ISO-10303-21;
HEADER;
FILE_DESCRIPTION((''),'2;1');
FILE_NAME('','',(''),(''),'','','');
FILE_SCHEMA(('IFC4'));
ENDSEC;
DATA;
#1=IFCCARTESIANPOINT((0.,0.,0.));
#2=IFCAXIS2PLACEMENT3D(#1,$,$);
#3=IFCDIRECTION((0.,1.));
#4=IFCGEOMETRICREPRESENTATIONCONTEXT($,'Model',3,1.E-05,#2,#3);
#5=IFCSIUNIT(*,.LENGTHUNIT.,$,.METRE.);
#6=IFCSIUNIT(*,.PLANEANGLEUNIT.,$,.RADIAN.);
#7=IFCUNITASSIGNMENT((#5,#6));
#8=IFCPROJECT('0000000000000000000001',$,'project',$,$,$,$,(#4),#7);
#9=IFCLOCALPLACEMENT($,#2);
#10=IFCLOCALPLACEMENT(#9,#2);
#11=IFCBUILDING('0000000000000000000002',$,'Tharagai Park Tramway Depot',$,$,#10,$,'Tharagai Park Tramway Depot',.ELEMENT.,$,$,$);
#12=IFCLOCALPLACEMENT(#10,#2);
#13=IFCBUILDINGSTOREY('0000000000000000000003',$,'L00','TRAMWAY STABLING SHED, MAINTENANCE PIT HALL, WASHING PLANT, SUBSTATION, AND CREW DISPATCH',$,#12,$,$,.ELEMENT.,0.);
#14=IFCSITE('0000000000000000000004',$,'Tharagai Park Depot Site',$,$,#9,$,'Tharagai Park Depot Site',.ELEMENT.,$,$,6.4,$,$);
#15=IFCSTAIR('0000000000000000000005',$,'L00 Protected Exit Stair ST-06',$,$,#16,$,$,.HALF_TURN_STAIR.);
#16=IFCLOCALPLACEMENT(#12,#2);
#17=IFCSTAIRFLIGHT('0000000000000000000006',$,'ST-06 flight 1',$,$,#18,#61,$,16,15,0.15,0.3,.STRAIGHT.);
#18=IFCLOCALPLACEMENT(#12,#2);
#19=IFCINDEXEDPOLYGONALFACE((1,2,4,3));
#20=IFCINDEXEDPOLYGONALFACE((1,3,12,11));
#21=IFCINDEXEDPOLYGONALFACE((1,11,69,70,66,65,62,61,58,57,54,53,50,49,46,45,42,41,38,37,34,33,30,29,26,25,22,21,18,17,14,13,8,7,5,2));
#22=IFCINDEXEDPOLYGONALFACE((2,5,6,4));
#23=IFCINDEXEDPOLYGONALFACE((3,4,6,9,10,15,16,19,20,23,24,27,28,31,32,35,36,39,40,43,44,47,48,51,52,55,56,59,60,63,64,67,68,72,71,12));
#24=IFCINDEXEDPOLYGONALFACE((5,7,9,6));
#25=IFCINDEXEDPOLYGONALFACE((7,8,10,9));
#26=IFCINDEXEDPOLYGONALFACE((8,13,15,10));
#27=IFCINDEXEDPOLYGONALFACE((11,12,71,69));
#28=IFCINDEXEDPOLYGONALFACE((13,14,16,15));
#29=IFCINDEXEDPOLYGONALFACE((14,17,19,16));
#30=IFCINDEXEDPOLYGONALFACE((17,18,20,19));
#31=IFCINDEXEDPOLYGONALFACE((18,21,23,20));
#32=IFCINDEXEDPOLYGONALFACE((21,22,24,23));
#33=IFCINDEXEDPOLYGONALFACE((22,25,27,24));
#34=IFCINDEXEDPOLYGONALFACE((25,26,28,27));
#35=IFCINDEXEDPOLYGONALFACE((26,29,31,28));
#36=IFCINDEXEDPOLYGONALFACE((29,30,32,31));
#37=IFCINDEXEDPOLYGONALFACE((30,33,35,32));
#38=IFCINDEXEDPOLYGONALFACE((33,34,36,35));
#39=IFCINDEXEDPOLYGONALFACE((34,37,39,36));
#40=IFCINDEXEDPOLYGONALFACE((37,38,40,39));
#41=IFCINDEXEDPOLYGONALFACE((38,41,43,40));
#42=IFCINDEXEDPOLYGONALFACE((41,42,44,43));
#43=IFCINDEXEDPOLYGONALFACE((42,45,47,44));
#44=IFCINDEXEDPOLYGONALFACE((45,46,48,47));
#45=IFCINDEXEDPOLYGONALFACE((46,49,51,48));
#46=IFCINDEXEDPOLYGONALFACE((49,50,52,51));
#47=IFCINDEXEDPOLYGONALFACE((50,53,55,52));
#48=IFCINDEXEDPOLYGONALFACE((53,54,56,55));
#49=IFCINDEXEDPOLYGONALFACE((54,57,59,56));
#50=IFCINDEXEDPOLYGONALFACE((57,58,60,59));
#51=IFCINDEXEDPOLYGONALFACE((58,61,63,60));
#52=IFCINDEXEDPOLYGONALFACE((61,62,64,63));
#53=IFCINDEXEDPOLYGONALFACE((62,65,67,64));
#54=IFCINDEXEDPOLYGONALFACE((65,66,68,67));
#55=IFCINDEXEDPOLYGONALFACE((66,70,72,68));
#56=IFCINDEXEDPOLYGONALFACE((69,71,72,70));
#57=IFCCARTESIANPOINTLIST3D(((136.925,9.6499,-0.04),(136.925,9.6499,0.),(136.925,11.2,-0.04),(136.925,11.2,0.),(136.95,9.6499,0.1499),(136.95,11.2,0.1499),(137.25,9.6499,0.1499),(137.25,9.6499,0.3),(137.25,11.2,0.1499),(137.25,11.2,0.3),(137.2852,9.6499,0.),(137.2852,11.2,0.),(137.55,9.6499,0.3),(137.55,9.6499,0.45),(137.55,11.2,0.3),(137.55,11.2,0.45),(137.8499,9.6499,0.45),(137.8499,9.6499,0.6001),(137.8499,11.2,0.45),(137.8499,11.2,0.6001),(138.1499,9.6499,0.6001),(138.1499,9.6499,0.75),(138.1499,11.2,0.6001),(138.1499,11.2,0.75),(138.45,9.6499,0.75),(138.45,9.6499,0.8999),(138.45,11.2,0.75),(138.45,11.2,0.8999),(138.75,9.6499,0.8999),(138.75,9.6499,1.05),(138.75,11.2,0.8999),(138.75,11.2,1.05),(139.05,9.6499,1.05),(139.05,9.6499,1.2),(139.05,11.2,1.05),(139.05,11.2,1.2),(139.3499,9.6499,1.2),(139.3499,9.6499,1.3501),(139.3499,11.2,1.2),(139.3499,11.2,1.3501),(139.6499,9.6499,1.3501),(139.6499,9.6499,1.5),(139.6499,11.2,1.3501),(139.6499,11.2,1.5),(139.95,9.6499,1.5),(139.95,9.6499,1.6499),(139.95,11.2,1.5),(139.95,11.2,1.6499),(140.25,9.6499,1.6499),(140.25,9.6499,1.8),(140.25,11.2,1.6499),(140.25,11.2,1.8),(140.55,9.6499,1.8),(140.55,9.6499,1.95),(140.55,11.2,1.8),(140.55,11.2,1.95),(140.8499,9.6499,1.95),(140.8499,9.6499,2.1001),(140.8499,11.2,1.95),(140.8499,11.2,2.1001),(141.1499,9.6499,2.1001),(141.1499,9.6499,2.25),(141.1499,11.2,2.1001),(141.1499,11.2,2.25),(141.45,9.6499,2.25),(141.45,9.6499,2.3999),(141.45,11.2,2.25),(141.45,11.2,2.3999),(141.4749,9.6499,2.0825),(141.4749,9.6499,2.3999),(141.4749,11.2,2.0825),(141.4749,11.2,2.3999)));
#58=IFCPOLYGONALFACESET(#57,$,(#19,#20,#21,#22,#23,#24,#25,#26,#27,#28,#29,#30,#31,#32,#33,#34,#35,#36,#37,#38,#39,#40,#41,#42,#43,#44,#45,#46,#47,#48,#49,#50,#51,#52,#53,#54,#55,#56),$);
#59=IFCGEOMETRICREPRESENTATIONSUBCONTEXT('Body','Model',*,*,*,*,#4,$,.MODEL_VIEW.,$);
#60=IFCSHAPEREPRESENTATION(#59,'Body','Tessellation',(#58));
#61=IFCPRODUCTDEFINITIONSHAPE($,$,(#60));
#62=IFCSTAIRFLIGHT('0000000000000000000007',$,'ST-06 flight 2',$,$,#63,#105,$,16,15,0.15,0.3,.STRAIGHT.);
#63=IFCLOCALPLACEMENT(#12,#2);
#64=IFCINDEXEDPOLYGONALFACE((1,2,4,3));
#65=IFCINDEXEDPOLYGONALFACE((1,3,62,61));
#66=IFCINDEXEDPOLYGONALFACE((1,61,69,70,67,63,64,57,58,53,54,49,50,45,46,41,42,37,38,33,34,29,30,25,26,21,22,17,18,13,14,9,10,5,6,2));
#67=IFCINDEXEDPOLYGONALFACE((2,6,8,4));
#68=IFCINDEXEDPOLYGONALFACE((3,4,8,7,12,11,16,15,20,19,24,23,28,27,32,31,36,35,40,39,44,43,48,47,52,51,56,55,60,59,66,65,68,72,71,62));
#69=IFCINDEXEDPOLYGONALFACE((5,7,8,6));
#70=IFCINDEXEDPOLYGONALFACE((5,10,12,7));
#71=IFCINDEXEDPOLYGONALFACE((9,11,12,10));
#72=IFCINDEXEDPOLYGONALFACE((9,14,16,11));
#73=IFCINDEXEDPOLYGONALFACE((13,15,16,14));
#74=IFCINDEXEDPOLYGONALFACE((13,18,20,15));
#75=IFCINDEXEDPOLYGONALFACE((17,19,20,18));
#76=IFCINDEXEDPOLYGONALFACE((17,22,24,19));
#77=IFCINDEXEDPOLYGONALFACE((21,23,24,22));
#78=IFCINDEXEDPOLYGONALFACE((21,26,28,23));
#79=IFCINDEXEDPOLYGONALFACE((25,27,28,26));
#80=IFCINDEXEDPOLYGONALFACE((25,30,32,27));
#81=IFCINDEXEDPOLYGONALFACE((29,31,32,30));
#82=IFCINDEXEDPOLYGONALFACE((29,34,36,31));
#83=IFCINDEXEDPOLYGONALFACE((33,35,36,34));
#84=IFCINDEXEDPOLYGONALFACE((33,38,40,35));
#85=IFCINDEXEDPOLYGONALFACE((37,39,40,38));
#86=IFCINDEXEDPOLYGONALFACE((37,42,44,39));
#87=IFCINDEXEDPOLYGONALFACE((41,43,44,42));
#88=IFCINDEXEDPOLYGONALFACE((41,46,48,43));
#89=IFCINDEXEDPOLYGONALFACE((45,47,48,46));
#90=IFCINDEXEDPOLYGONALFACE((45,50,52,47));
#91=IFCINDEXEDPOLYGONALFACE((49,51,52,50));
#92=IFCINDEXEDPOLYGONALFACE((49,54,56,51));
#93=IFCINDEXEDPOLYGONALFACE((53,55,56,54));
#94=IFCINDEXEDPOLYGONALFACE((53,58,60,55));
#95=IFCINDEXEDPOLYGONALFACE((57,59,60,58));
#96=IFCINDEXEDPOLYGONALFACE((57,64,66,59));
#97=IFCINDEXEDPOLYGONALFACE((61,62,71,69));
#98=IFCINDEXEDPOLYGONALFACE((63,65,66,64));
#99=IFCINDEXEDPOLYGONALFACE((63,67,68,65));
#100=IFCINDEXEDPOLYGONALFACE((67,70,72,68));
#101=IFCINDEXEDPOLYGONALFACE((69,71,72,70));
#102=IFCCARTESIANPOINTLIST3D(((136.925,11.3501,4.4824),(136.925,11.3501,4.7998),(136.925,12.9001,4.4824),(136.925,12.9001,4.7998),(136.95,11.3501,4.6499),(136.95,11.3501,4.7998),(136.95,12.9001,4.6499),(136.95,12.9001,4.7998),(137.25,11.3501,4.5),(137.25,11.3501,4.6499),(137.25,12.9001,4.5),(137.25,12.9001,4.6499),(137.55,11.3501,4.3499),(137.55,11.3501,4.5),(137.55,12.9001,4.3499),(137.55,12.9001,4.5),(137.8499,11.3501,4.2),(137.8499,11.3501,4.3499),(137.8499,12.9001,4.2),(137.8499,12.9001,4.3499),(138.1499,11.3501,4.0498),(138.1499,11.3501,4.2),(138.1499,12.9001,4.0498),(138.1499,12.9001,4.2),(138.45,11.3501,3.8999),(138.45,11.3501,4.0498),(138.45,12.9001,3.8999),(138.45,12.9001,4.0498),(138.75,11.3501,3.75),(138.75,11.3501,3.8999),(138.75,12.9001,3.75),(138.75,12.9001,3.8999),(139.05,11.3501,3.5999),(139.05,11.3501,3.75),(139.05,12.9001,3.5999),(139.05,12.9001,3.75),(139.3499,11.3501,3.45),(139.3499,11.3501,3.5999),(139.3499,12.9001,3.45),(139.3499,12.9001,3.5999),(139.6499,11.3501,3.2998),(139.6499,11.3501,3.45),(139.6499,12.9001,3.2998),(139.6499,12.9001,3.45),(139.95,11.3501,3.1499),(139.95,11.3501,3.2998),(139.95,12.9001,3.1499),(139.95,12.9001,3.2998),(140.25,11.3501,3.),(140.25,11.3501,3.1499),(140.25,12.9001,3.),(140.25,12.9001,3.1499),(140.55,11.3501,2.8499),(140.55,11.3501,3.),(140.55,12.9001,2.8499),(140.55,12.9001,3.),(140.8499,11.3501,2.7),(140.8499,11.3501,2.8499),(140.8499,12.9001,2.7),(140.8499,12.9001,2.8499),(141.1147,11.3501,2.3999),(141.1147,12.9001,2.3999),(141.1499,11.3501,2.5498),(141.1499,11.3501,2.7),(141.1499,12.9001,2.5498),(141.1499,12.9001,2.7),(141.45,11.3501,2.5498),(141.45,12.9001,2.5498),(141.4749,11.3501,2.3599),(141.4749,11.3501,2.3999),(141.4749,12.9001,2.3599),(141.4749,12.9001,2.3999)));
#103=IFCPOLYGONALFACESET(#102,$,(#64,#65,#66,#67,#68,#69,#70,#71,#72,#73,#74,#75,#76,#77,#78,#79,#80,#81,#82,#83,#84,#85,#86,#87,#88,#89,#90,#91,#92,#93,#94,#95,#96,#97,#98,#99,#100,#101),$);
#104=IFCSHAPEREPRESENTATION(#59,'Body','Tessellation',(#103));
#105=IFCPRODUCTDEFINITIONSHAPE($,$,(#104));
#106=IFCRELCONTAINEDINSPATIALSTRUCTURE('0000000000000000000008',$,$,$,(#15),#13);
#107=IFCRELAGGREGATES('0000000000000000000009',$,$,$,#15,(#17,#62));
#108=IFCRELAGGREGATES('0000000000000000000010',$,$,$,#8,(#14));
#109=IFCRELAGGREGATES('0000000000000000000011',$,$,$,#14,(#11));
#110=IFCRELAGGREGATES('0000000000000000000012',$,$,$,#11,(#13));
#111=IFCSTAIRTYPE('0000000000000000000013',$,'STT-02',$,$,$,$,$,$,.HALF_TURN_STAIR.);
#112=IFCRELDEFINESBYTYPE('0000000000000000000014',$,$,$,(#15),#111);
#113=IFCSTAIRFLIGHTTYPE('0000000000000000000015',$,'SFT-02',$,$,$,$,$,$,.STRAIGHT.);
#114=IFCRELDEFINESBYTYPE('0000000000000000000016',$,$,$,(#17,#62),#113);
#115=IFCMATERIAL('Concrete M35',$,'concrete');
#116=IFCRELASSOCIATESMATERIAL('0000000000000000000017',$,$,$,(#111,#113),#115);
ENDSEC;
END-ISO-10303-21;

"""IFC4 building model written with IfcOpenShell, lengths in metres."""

from ifc_helpers import new_model, si_unit, direction, frame, origin, place, context, subcontext, project, spatial, polyline, outline, extrude, material, type_object, element, aggregate, save


model = new_model("IFC4")

# Units and contexts
model_context = context("Model", 3, precision=1e-05, world=origin(), true_north=direction((0.0, 1.0)))
body_context = subcontext(model_context, "Body", "Model", "MODEL_VIEW")
ifc_project = project(units=[si_unit("LENGTHUNIT", "METRE"), si_unit("PLANEANGLEUNIT", "RADIAN")], contexts=[model_context])

# Site, building, storey
site_placement = place(None, origin())
site = spatial("IfcSite", under=ifc_project, at=site_placement, Name="Tharagai Park Depot Site", LongName="Tharagai Park Depot Site", CompositionType="ELEMENT", RefElevation=6.4)
building_placement = place(site_placement, origin())
building = spatial("IfcBuilding", under=site, at=building_placement, Name="Tharagai Park Tramway Depot", LongName="Tharagai Park Tramway Depot", CompositionType="ELEMENT")
storey_placement = place(building_placement, origin())
storey = spatial("IfcBuildingStorey", under=building, at=storey_placement, Name="L00", Description="TRAMWAY STABLING SHED, MAINTENANCE PIT HALL, WASHING PLANT, SUBSTATION, AND CREW DISPATCH", CompositionType="ELEMENT", Elevation=0.0)

# Stair, stair flights
ifc_material_1 = material(Name="Concrete M35", Category="concrete")
stair_type = type_object("IfcStairType", Name="STT-02", PredefinedType="HALF_TURN_STAIR", material=ifc_material_1)
stair_placement = place(storey_placement, origin())
stair = element("IfcStair", 1, at=stair_placement, inside=storey, type_object=stair_type, Name="L00 Protected Exit Stair ST-06", PredefinedType="HALF_TURN_STAIR")
stair_flight_type = type_object("IfcStairFlightType", Name="SFT-02", PredefinedType="STRAIGHT", material=ifc_material_1)
stair_flight_1_placement = place(storey_placement, frame((136.95, 10.425, 0.0), z_axis=(0.0, 0.0, 1.0), x_axis=(1.0, 0.0, 0.0)))
stair_flight_1 = element("IfcStairFlight", 2, at=stair_flight_1_placement, type_object=stair_flight_type, Name="ST-06 flight 1", NumberOfRisers=16, NumberOfTreads=15, PredefinedType="STRAIGHT", RiserHeight=0.15, TreadLength=0.3, context=body_context, shape_type="SweptSolid", body=[
    extrude(outline(polyline([(-0.0249, 0.0), (0.0, 0.1499), (0.3, 0.1499), (0.3, 0.3), (0.6001, 0.3), (0.6001, 0.45), (0.8999, 0.45), (0.8999, 0.6001), (1.2, 0.6001), (1.2, 0.75), (1.5, 0.75), (1.5, 0.8999), (1.8, 0.8999), (1.8, 1.05), (2.1001, 1.05), (2.1001, 1.2), (2.3999, 1.2), (2.3999, 1.3501), (2.7, 1.3501), (2.7, 1.5), (3.0, 1.5), (3.0, 1.6499), (3.3, 1.6499), (3.3, 1.8), (3.6001, 1.8), (3.6001, 1.95), (3.8999, 1.95), (3.8999, 2.1001), (4.2, 2.1001), (4.2, 2.25), (4.5, 2.25), (4.5, 2.3999), (4.5249, 2.3999), (4.5249, 2.0825), (0.3352, 0.0), (-0.0249, -0.04), (-0.0249, 0.0)])), frame((0.0, 0.7749, 0.0), z_axis=(0.0, -1.0, 0.0), x_axis=(1.0, 0.0, 0.0)), (0.0, 0.0, 1.0), 1.55),
])
stair_flight_2_placement = place(storey_placement, frame((141.45, 12.125, 2.3999), z_axis=(0.0, 0.0, 1.0), x_axis=(-1.0, 0.0, 0.0)))
stair_flight_2 = element("IfcStairFlight", 3, at=stair_flight_2_placement, type_object=stair_flight_type, Name="ST-06 flight 2", NumberOfRisers=16, NumberOfTreads=15, PredefinedType="STRAIGHT", RiserHeight=0.15, TreadLength=0.3, context=body_context, shape_type="SweptSolid", body=[
    extrude(outline(polyline([(-0.0249, 0.0), (0.0, 0.1499), (0.3, 0.1499), (0.3, 0.3), (0.6001, 0.3), (0.6001, 0.45), (0.8999, 0.45), (0.8999, 0.6001), (1.2, 0.6001), (1.2, 0.75), (1.5, 0.75), (1.5, 0.8999), (1.8, 0.8999), (1.8, 1.05), (2.1001, 1.05), (2.1001, 1.2), (2.3999, 1.2), (2.3999, 1.3501), (2.7, 1.3501), (2.7, 1.5), (3.0, 1.5), (3.0, 1.6499), (3.3, 1.6499), (3.3, 1.8), (3.6001, 1.8), (3.6001, 1.95), (3.8999, 1.95), (3.8999, 2.1001), (4.2, 2.1001), (4.2, 2.25), (4.5, 2.25), (4.5, 2.3999), (4.5249, 2.3999), (4.5249, 2.0825), (0.3352, 0.0), (-0.0249, -0.04), (-0.0249, 0.0)])), frame((0.0, 0.7749, 0.0), z_axis=(0.0, -1.0, 0.0), x_axis=(1.0, 0.0, 0.0)), (0.0, 0.0, 1.0), 1.55),
])
aggregate(stair, [stair_flight_1, stair_flight_2])

save(model, "model.ifc")
